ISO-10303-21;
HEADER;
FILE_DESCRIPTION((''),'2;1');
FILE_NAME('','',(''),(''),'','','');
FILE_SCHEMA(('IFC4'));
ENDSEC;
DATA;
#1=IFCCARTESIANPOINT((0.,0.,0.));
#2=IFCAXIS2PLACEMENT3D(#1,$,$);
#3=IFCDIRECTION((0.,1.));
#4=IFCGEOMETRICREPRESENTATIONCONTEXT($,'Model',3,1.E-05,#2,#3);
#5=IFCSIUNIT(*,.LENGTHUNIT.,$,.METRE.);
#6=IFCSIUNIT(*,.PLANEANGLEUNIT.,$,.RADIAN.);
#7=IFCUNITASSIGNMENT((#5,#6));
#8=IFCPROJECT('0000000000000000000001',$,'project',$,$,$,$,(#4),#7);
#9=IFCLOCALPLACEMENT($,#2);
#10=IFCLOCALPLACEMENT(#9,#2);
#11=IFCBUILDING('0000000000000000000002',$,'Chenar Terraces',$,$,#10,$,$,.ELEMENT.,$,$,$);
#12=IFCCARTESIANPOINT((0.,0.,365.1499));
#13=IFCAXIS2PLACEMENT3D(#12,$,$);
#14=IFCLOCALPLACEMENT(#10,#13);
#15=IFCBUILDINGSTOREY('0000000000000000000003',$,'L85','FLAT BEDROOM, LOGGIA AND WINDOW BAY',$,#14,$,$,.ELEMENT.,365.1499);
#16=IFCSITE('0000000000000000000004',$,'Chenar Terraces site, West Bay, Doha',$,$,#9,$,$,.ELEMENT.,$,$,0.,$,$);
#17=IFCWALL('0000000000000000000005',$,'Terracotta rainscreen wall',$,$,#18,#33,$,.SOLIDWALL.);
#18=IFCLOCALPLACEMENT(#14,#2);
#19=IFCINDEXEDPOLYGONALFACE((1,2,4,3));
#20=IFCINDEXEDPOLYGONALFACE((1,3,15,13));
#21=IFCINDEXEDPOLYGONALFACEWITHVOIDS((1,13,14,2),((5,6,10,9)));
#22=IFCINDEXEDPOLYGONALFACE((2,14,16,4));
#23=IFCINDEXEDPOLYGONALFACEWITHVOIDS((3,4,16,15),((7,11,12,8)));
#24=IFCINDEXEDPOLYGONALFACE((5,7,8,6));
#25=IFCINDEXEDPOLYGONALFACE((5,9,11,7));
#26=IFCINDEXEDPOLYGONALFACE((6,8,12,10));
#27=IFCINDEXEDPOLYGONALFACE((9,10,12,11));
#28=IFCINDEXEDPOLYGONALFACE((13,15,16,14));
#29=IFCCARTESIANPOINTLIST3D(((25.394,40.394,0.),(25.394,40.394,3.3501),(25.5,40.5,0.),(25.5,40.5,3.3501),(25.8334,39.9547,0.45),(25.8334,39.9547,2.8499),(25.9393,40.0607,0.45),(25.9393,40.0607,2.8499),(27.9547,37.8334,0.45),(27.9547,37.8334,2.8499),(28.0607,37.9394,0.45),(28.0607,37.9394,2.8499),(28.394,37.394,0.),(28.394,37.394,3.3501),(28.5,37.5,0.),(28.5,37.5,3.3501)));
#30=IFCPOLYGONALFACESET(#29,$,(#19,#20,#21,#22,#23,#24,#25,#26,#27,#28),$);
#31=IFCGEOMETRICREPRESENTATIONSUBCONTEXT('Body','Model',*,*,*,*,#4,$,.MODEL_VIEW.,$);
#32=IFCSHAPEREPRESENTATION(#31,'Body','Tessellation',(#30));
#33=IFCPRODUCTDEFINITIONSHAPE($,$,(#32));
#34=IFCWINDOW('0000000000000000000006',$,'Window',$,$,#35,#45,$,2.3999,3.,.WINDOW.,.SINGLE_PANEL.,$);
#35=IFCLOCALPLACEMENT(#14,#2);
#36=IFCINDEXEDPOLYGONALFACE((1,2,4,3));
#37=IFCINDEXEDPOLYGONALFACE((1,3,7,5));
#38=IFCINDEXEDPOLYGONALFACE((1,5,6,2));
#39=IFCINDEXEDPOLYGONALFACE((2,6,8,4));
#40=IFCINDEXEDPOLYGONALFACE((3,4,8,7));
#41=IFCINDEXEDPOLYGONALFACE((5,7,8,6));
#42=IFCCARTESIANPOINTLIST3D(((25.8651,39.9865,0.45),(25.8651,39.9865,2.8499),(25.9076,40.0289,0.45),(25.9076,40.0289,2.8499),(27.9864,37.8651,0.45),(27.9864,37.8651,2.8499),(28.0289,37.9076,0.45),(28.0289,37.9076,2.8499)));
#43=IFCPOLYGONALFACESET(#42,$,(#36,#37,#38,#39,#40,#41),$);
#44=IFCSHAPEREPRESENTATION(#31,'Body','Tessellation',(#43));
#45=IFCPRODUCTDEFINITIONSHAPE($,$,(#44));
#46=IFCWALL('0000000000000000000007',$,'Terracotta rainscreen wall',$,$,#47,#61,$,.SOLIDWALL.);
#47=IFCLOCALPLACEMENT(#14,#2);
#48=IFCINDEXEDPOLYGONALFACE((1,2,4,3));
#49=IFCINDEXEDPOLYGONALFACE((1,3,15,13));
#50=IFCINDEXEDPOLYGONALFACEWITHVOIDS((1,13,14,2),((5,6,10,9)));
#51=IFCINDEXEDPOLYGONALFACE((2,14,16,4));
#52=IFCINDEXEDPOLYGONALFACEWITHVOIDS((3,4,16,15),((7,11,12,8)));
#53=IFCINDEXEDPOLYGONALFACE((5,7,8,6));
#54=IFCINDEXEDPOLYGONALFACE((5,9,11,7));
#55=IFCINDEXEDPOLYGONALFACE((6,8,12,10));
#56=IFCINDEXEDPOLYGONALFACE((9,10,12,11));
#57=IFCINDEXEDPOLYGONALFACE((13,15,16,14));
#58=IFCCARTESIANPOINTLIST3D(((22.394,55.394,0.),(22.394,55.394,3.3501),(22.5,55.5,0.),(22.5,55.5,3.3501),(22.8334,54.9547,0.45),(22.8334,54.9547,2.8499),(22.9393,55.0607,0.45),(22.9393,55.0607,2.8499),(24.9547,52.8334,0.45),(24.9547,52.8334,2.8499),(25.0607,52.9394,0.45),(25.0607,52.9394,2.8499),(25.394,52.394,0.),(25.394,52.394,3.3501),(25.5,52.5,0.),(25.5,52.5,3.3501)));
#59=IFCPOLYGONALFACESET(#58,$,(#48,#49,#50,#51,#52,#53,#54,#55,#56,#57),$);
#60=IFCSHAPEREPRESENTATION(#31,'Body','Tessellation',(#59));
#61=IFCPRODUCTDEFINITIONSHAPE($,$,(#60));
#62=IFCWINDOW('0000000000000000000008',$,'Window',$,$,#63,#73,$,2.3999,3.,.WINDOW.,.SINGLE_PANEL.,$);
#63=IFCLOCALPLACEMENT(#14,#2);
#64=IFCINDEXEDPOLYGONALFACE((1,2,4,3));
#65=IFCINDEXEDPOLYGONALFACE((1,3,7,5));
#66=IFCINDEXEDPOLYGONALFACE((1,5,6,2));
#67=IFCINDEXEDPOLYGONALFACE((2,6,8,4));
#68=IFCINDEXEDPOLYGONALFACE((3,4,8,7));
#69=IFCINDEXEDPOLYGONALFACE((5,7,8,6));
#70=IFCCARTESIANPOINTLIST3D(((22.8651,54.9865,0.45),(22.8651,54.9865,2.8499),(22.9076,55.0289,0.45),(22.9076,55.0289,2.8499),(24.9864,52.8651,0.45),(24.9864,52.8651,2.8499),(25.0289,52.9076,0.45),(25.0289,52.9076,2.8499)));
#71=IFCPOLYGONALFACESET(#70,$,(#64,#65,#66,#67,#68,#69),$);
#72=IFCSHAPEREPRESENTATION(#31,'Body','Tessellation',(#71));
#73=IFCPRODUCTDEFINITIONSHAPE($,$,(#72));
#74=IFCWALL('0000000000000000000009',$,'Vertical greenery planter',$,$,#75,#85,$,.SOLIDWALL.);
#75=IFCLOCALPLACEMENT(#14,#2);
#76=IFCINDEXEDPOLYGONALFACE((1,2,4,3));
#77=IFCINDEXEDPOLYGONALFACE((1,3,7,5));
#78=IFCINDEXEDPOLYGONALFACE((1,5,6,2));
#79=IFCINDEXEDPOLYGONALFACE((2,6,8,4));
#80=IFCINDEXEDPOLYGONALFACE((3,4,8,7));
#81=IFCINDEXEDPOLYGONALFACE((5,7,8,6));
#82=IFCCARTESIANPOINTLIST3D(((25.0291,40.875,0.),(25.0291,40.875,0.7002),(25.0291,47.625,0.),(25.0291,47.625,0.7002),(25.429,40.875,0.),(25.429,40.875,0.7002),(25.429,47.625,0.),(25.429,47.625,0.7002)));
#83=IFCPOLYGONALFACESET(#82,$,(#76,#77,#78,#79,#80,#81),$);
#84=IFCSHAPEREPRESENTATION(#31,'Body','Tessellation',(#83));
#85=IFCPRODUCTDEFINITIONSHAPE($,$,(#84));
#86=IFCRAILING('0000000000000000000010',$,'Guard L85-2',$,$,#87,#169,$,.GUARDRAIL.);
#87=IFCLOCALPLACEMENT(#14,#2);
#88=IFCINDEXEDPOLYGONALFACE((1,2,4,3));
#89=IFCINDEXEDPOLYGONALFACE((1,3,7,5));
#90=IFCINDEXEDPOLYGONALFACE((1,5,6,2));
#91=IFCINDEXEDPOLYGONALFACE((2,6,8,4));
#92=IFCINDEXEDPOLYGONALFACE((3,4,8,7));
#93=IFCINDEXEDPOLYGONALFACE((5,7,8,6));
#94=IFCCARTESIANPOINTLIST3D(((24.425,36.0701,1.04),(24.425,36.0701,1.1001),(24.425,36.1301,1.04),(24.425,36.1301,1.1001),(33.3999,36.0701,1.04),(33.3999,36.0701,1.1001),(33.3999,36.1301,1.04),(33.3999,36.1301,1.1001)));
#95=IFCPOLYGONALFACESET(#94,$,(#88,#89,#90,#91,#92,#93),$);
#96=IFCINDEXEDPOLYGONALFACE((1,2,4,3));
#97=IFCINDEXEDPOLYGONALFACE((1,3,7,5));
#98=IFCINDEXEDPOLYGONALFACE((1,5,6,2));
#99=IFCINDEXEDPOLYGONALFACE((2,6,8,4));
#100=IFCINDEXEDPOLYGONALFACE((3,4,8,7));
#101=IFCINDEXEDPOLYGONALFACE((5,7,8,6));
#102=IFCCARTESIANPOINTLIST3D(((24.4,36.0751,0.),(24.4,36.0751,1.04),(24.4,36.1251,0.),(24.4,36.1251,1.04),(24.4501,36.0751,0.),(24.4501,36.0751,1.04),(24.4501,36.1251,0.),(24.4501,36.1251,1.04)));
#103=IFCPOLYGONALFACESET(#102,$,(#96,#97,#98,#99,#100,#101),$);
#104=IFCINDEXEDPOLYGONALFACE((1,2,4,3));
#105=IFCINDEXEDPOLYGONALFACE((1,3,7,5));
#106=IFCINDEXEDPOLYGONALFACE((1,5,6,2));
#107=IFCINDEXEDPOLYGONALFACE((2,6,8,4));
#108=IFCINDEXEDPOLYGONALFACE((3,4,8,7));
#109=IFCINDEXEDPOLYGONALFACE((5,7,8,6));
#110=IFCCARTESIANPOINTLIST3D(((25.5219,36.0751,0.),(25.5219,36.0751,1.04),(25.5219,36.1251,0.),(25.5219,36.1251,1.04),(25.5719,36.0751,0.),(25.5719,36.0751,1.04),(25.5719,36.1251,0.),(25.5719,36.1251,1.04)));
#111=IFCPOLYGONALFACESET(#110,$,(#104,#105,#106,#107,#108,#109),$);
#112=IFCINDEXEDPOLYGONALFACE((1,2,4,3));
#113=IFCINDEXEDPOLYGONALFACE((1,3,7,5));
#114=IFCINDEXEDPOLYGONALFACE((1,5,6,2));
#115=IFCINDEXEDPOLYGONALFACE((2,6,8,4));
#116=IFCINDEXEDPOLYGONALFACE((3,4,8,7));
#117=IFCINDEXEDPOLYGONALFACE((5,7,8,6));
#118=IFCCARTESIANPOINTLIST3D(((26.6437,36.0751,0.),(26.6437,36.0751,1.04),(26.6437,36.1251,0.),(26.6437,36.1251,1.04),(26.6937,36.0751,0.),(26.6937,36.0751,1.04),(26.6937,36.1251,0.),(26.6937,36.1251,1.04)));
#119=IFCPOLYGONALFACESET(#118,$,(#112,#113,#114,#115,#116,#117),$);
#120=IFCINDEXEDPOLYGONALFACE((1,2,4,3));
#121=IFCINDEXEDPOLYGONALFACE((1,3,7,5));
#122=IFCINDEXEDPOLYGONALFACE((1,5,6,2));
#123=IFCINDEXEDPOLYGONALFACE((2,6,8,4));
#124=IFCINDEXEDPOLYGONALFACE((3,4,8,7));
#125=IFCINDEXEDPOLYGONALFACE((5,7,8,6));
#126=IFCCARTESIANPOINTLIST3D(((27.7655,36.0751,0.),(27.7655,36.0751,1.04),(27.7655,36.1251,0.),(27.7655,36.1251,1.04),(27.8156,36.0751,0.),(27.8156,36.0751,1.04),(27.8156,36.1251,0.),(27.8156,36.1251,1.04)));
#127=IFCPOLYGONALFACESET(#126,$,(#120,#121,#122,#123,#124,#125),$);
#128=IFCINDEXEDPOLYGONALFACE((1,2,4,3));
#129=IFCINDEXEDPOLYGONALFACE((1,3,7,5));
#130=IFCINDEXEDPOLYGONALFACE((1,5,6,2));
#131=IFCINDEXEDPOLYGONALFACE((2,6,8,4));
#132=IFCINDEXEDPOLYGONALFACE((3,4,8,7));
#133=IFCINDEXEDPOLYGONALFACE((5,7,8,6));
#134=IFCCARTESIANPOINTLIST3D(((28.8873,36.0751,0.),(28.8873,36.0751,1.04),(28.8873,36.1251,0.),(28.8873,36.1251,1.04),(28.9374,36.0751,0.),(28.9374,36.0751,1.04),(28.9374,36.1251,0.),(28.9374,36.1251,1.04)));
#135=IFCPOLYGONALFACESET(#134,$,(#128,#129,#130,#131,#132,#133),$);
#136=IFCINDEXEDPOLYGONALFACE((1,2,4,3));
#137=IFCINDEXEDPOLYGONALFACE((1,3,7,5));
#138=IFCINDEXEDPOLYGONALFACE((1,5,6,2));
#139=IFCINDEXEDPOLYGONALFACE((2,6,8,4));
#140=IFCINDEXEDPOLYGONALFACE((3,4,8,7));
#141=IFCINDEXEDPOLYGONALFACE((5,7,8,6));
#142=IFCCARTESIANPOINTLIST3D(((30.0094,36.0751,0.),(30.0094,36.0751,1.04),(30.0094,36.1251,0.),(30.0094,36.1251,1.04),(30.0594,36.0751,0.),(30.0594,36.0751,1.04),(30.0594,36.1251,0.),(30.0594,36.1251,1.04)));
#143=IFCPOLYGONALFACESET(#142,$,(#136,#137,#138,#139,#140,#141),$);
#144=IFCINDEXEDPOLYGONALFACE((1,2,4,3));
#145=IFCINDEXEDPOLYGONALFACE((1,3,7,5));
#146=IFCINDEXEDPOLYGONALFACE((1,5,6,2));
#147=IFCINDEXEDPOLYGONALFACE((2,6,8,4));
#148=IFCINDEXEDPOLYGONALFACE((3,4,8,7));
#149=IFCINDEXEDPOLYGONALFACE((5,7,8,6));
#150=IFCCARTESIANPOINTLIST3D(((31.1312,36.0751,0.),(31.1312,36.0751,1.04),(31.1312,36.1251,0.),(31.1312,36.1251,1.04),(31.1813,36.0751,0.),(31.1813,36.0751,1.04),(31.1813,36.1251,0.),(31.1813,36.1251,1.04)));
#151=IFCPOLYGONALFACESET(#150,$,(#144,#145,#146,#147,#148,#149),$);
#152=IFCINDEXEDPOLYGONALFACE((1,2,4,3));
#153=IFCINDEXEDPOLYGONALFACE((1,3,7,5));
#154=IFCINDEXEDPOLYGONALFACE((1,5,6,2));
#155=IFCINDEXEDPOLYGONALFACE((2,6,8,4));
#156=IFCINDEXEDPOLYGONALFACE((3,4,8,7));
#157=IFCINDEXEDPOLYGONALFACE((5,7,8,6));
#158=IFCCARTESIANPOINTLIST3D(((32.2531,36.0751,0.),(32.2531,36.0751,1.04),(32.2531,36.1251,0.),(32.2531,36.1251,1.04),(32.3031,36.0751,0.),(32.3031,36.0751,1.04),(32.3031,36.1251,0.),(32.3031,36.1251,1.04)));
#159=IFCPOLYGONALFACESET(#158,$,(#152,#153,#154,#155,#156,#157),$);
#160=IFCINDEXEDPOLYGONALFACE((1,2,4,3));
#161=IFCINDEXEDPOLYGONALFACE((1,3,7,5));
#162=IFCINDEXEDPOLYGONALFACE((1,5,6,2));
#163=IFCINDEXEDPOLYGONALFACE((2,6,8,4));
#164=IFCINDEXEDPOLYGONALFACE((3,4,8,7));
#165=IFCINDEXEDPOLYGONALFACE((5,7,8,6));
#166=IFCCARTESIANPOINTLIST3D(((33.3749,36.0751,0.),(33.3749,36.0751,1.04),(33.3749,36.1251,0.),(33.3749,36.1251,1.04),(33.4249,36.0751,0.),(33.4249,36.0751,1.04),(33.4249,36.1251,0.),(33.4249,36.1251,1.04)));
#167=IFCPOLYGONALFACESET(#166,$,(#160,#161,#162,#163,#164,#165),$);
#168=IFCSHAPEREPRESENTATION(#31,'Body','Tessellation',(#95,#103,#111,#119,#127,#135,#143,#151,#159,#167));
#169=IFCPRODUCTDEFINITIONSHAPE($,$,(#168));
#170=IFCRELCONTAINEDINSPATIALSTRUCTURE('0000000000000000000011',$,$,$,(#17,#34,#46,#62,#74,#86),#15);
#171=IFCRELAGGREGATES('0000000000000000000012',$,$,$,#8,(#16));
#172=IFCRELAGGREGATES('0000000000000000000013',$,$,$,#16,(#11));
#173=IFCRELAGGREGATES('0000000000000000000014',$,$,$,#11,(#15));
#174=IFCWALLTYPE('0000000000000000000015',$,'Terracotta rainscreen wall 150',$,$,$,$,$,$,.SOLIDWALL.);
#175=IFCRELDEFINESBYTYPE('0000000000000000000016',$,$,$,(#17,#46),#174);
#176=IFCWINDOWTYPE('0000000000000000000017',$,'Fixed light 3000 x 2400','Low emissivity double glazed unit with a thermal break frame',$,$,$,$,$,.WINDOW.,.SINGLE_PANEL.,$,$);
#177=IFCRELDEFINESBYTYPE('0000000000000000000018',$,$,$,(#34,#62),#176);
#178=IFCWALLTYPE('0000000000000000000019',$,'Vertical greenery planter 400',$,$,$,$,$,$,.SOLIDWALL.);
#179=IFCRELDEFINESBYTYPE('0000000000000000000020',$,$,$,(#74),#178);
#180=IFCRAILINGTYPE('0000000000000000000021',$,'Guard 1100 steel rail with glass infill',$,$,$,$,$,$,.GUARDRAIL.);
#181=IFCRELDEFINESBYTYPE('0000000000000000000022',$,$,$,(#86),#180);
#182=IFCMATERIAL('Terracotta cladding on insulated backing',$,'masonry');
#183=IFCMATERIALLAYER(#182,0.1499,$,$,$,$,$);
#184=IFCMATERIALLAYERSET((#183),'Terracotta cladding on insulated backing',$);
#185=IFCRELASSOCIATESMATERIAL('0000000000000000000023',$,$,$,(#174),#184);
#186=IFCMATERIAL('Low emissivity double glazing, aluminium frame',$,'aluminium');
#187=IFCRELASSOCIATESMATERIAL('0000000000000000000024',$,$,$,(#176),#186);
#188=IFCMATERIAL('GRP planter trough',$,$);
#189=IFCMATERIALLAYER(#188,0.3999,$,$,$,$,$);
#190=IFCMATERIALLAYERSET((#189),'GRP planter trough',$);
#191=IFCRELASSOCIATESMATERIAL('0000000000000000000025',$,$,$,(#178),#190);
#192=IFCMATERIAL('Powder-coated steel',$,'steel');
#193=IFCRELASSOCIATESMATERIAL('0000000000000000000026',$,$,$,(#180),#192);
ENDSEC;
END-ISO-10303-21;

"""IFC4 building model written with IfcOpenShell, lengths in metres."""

from ifc_helpers import new_model, si_unit, direction, frame, frame_2d, origin, origin_2d, place, context, subcontext, project, spatial, rectangle, extrude, material, layer, layer_set, type_object, element, fill, save


model = new_model("IFC4")

# Units and contexts
model_context = context("Model", 3, precision=1e-05, world=origin(), true_north=direction((0.0, 1.0)))
body_context = subcontext(model_context, "Body", "Model", "MODEL_VIEW")
ifc_project = project(units=[si_unit("LENGTHUNIT", "METRE"), si_unit("PLANEANGLEUNIT", "RADIAN")], contexts=[model_context])

# Site, building, storey
site_placement = place(None, origin())
site = spatial("IfcSite", under=ifc_project, at=site_placement, Name="Chenar Terraces site, West Bay, Doha", CompositionType="ELEMENT", RefElevation=0.0)
building_placement = place(site_placement, origin())
building = spatial("IfcBuilding", under=site, at=building_placement, Name="Chenar Terraces", CompositionType="ELEMENT")
storey_placement = place(building_placement, frame((0.0, 0.0, 365.1499)))
storey = spatial("IfcBuildingStorey", under=building, at=storey_placement, Name="L85", Description="FLAT BEDROOM, LOGGIA AND WINDOW BAY", CompositionType="ELEMENT", Elevation=365.1499)

# Walls, openings, windows
ifc_material_1 = material(Name="Terracotta cladding on insulated backing", Category="masonry")
ifc_layer_1 = layer(ifc_material_1, 0.1499)
ifc_layer_set_1 = layer_set([ifc_layer_1], Name="Terracotta cladding on insulated backing")
wall_type_1 = type_object("IfcWallType", Name="Terracotta rainscreen wall 150", PredefinedType="SOLIDWALL", material=ifc_layer_set_1)
wall_1_placement = place(storey_placement, frame((28.447, 37.447, 0.0), z_axis=(0.0, 0.0, 1.0), x_axis=(-0.707107, 0.707107, 0.0)))
wall_1 = element("IfcWall", 1, at=wall_1_placement, inside=storey, type_object=wall_type_1, Name="Terracotta rainscreen wall", PredefinedType="SOLIDWALL", context=body_context, shape_type="SweptSolid", body=[
    extrude(rectangle(XDim=4.2427, YDim=0.1499, at=frame_2d((2.1213, 0.0))), origin(), (0.0, 0.0, 1.0), 3.3501),
])
opening_1_placement = place(wall_1_placement, frame((0.6213, 0.0, 0.45)))
opening_1 = element("IfcOpeningElement", 2, at=opening_1_placement, cuts=wall_1, PredefinedType="OPENING", context=body_context, shape_type="SweptSolid", body=[
    extrude(rectangle(XDim=3.0, YDim=2.3999, at=frame_2d((1.5, 1.2))), frame((0.0, 0.085, 0.0), z_axis=(0.0, -1.0, 0.0), x_axis=(1.0, 0.0, 0.0)), (0.0, 0.0, 1.0), 0.1699),
])
ifc_material_2 = material(Name="Low emissivity double glazing, aluminium frame", Category="aluminium")
window_type_1 = type_object("IfcWindowType", Name="Fixed light 3000 x 2400", Description="Low emissivity double glazed unit with a thermal break frame", PartitioningType="SINGLE_PANEL", PredefinedType="WINDOW", material=ifc_material_2)
window_1_placement = place(opening_1_placement, origin())
window_1 = element("IfcWindow", 3, at=window_1_placement, inside=storey, type_object=window_type_1, Name="Window", OverallHeight=2.3999, OverallWidth=3.0, PartitioningType="SINGLE_PANEL", PredefinedType="WINDOW", context=body_context, shape_type="SweptSolid", body=[
    extrude(rectangle(XDim=3.0, YDim=2.3999, at=frame_2d((1.5, 1.2))), frame((0.0, 0.03, 0.0), z_axis=(0.0, -1.0, 0.0), x_axis=(1.0, 0.0, 0.0)), (0.0, 0.0, 1.0), 0.0601),
])
fill(opening_1, window_1)
wall_2_placement = place(storey_placement, frame((25.447, 52.447, 0.0), z_axis=(0.0, 0.0, 1.0), x_axis=(-0.707107, 0.707107, 0.0)))
wall_2 = element("IfcWall", 4, at=wall_2_placement, inside=storey, type_object=wall_type_1, Name="Terracotta rainscreen wall", PredefinedType="SOLIDWALL", context=body_context, shape_type="SweptSolid", body=[
    extrude(rectangle(XDim=4.2427, YDim=0.1499, at=frame_2d((2.1213, 0.0))), origin(), (0.0, 0.0, 1.0), 3.3501),
])
opening_2_placement = place(wall_2_placement, frame((0.6213, 0.0, 0.45)))
opening_2 = element("IfcOpeningElement", 5, at=opening_2_placement, cuts=wall_2, PredefinedType="OPENING", context=body_context, shape_type="SweptSolid", body=[
    extrude(rectangle(XDim=3.0, YDim=2.3999, at=frame_2d((1.5, 1.2))), frame((0.0, 0.085, 0.0), z_axis=(0.0, -1.0, 0.0), x_axis=(1.0, 0.0, 0.0)), (0.0, 0.0, 1.0), 0.1699),
])
window_2_placement = place(opening_2_placement, origin())
window_2 = element("IfcWindow", 6, at=window_2_placement, inside=storey, type_object=window_type_1, Name="Window", OverallHeight=2.3999, OverallWidth=3.0, PartitioningType="SINGLE_PANEL", PredefinedType="WINDOW", context=body_context, shape_type="SweptSolid", body=[
    extrude(rectangle(XDim=3.0, YDim=2.3999, at=frame_2d((1.5, 1.2))), frame((0.0, 0.03, 0.0), z_axis=(0.0, -1.0, 0.0), x_axis=(1.0, 0.0, 0.0)), (0.0, 0.0, 1.0), 0.0601),
])
fill(opening_2, window_2)

# Wall
ifc_material_3 = material(Name="GRP planter trough")
ifc_layer_2 = layer(ifc_material_3, 0.3999)
ifc_layer_set_2 = layer_set([ifc_layer_2], Name="GRP planter trough")
wall_type_2 = type_object("IfcWallType", Name="Vertical greenery planter 400", PredefinedType="SOLIDWALL", material=ifc_layer_set_2)
wall_3_placement = place(storey_placement, frame((25.229, 40.875, 0.0), z_axis=(0.0, 0.0, 1.0), x_axis=(0.0, 1.0, 0.0)))
element("IfcWall", 7, at=wall_3_placement, inside=storey, type_object=wall_type_2, Name="Vertical greenery planter", PredefinedType="SOLIDWALL", context=body_context, shape_type="SweptSolid", body=[
    extrude(rectangle(XDim=6.75, YDim=0.3999, at=frame_2d((3.375, 0.0))), origin(), (0.0, 0.0, 1.0), 0.7002),
])

# Railing
ifc_material_4 = material(Name="Powder-coated steel", Category="steel")
railing_type_1 = type_object("IfcRailingType", Name="Guard 1100 steel rail with glass infill", PredefinedType="GUARDRAIL", material=ifc_material_4)
railing_1_placement = place(storey_placement, frame((24.425, 36.1001, 0.0)))
element("IfcRailing", 8, at=railing_1_placement, inside=storey, type_object=railing_type_1, Name="Guard L85-2", PredefinedType="GUARDRAIL", context=body_context, shape_type="SweptSolid", body=[
    extrude(rectangle(XDim=0.0601, YDim=0.0601, at=origin_2d()), frame((0.0, 0.0, 1.0701), z_axis=(1.0, 0.0, 0.0), x_axis=(0.0, 1.0, 0.0)), (0.0, 0.0, 1.0), 8.9749),
    extrude(rectangle(XDim=0.05, YDim=0.05, at=origin_2d()), origin(), (0.0, 0.0, 1.0), 1.04),
    extrude(rectangle(XDim=0.05, YDim=0.05, at=origin_2d()), frame((1.1218, 0.0, 0.0)), (0.0, 0.0, 1.0), 1.04),
    extrude(rectangle(XDim=0.05, YDim=0.05, at=origin_2d()), frame((2.2437, 0.0, 0.0)), (0.0, 0.0, 1.0), 1.04),
    extrude(rectangle(XDim=0.05, YDim=0.05, at=origin_2d()), frame((3.3655, 0.0, 0.0)), (0.0, 0.0, 1.0), 1.04),
    extrude(rectangle(XDim=0.05, YDim=0.05, at=origin_2d()), frame((4.4873, 0.0, 0.0)), (0.0, 0.0, 1.0), 1.04),
    extrude(rectangle(XDim=0.05, YDim=0.05, at=origin_2d()), frame((5.6094, 0.0, 0.0)), (0.0, 0.0, 1.0), 1.04),
    extrude(rectangle(XDim=0.05, YDim=0.05, at=origin_2d()), frame((6.7312, 0.0, 0.0)), (0.0, 0.0, 1.0), 1.04),
    extrude(rectangle(XDim=0.05, YDim=0.05, at=origin_2d()), frame((7.853, 0.0, 0.0)), (0.0, 0.0, 1.0), 1.04),
    extrude(rectangle(XDim=0.05, YDim=0.05, at=origin_2d()), frame((8.9749, 0.0, 0.0)), (0.0, 0.0, 1.0), 1.04),
])

save(model, "model.ifc")
